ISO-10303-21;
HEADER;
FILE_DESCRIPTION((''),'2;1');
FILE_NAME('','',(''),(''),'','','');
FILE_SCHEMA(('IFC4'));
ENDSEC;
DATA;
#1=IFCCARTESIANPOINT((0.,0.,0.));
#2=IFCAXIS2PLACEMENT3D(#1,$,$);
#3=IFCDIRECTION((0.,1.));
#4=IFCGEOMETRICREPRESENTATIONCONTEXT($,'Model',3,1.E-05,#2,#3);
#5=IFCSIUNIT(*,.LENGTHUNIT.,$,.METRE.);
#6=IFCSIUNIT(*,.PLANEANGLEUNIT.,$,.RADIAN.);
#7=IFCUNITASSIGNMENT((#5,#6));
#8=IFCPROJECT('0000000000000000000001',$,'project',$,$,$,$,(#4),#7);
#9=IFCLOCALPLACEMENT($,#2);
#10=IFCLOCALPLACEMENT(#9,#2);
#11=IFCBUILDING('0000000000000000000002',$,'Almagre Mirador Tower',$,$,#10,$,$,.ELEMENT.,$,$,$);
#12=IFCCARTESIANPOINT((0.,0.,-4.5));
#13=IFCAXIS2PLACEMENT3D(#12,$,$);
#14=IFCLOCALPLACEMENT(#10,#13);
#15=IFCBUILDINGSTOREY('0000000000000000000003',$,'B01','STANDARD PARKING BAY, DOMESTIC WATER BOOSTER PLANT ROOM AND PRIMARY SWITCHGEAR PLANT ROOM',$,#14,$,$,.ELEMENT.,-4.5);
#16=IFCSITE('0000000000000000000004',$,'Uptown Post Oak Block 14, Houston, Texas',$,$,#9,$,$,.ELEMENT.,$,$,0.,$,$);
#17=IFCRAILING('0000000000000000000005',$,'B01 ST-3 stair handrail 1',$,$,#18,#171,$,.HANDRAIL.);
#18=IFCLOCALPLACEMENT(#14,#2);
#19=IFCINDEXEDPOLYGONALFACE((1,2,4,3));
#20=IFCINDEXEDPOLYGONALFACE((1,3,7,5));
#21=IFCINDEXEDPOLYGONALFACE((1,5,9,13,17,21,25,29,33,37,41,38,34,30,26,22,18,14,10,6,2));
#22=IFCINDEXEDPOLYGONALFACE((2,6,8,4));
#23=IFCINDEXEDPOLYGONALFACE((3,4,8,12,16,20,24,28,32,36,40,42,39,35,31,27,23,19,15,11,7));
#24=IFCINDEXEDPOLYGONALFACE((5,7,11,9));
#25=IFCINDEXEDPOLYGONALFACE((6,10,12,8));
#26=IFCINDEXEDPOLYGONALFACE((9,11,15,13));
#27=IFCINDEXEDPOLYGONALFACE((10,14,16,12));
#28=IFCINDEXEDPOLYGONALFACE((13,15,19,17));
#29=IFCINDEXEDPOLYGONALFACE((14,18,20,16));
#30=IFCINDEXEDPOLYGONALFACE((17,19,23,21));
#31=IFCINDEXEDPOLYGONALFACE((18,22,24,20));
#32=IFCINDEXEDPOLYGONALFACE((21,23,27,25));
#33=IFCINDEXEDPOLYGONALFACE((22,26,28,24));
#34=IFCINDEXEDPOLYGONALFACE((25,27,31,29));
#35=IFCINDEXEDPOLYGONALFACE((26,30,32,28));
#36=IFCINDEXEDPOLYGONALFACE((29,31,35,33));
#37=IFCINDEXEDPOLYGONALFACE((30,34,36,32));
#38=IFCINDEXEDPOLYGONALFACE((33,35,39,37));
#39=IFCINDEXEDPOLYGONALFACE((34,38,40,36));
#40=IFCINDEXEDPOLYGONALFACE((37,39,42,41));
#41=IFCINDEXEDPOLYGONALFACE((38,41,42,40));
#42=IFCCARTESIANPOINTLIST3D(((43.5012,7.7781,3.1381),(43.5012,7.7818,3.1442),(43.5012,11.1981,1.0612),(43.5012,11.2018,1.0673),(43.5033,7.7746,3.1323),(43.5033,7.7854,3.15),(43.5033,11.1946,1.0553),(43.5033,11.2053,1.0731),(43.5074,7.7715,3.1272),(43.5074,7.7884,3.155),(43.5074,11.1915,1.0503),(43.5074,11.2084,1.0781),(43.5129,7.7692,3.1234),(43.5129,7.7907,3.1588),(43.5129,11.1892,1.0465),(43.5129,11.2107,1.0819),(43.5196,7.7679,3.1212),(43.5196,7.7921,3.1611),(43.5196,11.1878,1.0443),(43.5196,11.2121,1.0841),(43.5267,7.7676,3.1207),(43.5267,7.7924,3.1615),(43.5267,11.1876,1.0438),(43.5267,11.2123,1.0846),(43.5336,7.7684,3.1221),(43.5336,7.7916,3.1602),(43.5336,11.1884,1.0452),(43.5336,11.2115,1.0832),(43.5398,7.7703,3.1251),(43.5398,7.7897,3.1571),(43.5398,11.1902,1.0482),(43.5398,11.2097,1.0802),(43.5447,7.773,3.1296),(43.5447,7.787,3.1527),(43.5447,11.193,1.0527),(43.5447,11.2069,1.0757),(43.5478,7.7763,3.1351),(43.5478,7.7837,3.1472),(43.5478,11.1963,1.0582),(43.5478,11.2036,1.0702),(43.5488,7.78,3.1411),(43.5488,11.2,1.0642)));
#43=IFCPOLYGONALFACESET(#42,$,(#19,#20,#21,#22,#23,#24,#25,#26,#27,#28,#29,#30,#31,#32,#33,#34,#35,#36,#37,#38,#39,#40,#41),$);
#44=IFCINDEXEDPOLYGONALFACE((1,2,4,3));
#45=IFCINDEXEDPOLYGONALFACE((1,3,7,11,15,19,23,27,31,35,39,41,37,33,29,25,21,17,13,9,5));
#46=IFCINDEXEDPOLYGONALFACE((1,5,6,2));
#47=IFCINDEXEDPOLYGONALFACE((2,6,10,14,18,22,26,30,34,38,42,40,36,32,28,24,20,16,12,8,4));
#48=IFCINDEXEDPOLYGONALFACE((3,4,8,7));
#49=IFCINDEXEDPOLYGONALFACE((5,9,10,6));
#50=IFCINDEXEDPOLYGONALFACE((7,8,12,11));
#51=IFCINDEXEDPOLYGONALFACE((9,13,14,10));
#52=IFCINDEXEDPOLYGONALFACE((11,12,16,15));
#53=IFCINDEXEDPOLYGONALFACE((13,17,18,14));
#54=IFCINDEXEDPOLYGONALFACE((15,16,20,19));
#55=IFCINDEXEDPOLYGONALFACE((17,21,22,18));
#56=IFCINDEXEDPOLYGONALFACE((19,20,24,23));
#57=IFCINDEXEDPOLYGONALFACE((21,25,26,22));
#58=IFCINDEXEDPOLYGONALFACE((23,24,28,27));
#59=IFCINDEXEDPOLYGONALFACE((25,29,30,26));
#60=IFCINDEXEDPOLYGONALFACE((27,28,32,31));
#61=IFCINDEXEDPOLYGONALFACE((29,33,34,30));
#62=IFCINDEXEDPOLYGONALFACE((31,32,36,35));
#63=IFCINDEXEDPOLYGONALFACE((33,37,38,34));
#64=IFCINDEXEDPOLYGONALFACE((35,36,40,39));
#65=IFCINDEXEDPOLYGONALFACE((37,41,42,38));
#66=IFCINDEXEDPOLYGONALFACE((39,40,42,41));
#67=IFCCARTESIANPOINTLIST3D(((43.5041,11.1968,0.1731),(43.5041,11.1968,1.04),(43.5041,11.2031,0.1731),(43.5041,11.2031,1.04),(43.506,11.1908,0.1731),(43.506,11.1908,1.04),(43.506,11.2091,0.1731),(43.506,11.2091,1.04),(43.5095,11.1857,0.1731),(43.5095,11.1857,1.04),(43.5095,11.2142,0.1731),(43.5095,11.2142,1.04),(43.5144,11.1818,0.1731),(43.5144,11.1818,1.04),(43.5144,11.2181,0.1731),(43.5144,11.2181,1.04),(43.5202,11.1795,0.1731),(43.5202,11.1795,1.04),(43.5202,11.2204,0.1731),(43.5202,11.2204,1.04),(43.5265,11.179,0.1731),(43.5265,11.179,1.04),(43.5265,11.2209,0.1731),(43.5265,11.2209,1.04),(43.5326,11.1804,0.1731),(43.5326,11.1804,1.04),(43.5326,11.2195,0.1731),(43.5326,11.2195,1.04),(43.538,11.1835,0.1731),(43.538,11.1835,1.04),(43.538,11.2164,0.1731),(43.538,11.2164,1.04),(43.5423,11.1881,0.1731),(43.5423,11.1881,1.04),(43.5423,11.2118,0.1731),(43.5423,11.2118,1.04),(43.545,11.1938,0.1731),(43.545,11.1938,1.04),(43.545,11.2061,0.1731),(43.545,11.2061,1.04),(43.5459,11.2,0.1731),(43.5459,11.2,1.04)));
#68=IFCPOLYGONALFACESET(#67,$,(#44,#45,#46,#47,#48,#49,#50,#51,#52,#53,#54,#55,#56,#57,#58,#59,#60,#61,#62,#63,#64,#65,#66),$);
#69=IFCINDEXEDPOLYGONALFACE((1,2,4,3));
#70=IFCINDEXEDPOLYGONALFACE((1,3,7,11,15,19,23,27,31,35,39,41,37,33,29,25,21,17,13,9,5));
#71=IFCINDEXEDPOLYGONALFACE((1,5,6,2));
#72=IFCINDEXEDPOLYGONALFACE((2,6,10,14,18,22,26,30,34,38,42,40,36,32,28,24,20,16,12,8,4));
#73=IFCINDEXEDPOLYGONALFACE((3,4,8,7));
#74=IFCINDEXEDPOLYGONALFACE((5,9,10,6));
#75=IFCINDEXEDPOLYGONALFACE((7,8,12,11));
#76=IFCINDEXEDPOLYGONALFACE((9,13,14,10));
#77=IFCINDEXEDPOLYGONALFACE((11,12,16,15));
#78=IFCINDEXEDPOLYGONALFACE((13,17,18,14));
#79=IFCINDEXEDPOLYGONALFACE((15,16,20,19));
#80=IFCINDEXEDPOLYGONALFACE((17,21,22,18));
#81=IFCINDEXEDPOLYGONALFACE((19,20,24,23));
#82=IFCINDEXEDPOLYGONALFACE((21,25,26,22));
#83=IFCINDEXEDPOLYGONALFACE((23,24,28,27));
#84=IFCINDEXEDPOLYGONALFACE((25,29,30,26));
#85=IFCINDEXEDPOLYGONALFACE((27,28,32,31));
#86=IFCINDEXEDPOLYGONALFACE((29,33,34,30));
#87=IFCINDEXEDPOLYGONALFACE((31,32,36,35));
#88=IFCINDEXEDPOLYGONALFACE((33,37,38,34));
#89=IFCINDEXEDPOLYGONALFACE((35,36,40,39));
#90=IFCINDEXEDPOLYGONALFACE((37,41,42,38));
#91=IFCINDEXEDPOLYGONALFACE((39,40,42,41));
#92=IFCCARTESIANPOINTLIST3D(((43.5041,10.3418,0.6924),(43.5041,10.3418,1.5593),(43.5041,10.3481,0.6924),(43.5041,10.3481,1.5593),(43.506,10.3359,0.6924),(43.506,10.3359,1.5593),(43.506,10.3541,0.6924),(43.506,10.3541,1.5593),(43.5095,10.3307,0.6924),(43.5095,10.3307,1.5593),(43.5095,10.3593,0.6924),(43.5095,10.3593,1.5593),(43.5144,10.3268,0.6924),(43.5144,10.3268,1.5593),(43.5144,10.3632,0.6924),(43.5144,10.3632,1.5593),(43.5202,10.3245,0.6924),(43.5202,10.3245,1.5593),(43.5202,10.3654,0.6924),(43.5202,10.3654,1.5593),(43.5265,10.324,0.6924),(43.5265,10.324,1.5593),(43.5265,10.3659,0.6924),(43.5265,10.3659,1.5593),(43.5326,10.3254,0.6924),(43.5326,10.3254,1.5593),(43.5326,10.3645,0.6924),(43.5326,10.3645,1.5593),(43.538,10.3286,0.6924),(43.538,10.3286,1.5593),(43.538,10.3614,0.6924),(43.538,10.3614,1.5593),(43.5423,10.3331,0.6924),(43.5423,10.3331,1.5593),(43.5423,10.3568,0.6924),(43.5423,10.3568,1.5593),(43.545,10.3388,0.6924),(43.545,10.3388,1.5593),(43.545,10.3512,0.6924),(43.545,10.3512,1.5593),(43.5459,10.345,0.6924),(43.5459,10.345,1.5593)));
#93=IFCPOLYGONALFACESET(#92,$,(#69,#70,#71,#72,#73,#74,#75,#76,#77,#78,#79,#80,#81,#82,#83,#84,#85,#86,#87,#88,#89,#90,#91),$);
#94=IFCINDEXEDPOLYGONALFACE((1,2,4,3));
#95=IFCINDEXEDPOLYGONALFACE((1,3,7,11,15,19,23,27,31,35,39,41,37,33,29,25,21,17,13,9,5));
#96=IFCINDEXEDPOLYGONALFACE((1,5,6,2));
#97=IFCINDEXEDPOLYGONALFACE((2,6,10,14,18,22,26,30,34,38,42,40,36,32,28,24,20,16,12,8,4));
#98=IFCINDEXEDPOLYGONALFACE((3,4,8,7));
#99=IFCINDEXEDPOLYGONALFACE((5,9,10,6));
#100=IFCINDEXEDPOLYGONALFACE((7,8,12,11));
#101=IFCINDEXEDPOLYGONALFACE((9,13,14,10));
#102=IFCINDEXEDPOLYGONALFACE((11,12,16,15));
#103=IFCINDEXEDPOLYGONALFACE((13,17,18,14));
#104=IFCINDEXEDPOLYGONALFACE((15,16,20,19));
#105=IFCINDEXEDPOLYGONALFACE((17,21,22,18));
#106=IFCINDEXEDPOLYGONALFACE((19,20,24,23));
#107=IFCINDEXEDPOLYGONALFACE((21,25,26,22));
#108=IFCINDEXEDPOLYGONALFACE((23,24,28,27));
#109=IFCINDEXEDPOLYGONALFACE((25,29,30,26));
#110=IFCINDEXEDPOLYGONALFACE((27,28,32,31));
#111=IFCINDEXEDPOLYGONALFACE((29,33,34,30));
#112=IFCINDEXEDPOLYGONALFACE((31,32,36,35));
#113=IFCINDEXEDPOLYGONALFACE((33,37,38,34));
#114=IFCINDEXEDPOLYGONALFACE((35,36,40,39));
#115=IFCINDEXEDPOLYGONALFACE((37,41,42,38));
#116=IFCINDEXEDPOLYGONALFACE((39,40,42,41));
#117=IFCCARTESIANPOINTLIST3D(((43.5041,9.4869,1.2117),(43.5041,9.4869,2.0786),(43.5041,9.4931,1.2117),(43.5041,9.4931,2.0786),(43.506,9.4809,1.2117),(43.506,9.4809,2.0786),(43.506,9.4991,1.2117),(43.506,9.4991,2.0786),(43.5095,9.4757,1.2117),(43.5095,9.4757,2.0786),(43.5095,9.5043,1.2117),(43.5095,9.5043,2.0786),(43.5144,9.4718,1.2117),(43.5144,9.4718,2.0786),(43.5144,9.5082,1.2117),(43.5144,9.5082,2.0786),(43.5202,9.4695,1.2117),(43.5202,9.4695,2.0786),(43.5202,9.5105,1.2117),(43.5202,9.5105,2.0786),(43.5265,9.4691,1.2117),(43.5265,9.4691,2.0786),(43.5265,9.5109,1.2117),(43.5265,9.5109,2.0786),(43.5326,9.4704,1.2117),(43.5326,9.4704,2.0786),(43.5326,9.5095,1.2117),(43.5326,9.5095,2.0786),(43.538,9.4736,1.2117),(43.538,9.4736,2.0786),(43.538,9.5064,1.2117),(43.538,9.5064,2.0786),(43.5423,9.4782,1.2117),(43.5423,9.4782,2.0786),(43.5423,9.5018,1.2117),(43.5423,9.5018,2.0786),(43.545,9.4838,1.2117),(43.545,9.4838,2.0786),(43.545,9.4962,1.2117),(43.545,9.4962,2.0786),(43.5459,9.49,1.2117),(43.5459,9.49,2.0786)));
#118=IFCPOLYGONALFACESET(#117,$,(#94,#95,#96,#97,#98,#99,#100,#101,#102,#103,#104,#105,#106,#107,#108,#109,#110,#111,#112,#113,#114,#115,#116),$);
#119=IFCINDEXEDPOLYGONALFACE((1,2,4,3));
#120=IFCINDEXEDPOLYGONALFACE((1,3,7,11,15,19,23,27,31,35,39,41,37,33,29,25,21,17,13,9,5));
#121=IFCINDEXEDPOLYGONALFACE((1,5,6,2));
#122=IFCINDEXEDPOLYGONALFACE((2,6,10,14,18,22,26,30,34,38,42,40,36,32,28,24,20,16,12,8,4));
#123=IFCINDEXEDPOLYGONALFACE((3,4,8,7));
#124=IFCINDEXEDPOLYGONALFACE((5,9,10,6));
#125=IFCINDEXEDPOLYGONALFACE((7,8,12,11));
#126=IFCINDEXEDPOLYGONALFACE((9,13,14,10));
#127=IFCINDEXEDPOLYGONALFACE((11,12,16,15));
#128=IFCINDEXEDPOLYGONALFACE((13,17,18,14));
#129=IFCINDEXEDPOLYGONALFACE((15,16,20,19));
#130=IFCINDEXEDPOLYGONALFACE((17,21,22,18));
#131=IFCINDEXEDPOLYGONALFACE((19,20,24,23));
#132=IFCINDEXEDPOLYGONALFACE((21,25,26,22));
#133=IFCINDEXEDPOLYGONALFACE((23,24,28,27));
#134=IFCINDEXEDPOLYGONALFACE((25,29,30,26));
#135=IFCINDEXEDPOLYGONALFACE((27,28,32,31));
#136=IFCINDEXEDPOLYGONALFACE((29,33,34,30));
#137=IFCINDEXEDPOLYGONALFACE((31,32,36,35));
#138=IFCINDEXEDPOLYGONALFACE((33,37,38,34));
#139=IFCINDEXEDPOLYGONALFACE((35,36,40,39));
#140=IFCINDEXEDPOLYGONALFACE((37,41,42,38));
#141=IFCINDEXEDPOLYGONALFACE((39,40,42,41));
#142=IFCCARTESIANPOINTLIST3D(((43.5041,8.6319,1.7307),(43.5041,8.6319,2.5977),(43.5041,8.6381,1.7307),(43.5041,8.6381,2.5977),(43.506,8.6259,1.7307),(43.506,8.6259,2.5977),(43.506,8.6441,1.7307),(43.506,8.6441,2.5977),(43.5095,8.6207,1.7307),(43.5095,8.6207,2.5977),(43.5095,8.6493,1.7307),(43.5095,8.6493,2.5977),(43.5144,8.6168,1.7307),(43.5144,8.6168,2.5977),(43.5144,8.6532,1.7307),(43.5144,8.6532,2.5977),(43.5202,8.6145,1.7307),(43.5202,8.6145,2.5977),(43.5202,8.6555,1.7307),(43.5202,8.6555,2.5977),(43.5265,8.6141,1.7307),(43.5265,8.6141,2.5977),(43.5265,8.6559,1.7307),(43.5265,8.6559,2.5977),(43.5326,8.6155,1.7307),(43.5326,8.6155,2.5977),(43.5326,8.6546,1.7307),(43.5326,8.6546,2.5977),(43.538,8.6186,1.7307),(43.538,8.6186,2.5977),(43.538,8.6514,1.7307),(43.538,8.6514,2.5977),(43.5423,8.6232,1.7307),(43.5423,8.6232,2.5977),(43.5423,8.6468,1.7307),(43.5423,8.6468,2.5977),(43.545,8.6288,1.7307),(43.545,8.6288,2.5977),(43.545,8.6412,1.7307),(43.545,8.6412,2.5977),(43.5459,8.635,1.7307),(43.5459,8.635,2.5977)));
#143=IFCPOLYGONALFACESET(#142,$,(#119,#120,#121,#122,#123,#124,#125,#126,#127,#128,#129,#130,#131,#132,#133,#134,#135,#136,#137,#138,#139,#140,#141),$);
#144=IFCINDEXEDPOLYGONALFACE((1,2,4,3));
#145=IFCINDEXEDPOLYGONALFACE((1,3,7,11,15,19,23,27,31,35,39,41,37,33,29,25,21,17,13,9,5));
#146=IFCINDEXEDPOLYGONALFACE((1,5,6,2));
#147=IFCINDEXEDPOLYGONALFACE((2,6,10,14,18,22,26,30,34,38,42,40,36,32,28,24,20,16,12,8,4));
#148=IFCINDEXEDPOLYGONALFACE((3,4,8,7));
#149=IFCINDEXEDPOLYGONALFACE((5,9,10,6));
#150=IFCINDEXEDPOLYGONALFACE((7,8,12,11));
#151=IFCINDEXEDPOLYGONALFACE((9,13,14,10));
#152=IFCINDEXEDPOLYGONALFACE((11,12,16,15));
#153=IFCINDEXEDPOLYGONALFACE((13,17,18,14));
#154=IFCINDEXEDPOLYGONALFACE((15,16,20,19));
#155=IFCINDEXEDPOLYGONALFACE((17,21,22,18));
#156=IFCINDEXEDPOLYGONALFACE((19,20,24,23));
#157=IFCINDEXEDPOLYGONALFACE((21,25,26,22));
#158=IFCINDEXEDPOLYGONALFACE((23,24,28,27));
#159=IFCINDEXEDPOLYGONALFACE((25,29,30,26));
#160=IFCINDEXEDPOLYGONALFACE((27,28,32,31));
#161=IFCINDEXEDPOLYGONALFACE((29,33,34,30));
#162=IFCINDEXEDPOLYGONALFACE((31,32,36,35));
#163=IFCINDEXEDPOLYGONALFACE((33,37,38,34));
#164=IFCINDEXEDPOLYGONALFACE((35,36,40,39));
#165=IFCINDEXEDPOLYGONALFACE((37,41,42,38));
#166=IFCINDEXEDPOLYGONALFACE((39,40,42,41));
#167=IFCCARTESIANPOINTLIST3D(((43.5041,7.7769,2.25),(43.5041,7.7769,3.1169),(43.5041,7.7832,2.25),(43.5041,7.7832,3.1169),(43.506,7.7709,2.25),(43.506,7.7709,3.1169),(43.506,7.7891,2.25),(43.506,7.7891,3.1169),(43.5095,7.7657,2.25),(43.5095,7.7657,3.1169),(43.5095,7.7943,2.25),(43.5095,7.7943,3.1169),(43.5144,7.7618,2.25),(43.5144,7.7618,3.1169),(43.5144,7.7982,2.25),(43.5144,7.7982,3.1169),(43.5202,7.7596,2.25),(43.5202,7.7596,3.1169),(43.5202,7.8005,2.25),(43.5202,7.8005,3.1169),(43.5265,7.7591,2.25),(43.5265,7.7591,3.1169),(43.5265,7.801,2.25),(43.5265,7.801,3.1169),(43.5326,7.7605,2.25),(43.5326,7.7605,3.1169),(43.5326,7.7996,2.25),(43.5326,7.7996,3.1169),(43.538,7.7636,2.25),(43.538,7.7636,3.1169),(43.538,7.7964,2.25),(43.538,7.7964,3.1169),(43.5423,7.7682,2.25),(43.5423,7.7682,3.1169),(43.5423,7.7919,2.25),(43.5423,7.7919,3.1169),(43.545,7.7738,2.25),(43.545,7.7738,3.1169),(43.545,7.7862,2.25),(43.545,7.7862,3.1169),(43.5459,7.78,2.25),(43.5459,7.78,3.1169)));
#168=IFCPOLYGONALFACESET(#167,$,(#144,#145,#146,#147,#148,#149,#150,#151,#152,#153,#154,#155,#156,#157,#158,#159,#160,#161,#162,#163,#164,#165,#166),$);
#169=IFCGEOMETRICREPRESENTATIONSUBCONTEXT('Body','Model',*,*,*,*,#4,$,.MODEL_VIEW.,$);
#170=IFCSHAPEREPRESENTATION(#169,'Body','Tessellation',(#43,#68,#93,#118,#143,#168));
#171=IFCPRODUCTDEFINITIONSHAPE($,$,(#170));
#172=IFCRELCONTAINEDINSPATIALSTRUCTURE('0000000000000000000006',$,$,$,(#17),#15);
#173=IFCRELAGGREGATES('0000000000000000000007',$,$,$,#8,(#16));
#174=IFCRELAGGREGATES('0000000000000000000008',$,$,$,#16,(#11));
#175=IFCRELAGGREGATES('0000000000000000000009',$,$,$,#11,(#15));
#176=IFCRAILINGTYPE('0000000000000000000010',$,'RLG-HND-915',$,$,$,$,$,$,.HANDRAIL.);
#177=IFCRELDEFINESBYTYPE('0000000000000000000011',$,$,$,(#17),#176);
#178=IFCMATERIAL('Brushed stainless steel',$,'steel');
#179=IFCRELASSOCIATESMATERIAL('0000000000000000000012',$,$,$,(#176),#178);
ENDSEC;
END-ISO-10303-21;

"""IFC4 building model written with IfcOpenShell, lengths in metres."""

from ifc_helpers import new_model, si_unit, direction, frame, origin, origin_2d, place, context, subcontext, project, spatial, circle, extrude, material, type_object, element, save


model = new_model("IFC4")

# Units and contexts
model_context = context("Model", 3, precision=1e-05, world=origin(), true_north=direction((0.0, 1.0)))
body_context = subcontext(model_context, "Body", "Model", "MODEL_VIEW")
ifc_project = project(units=[si_unit("LENGTHUNIT", "METRE"), si_unit("PLANEANGLEUNIT", "RADIAN")], contexts=[model_context])

# Site, building, storey
site_placement = place(None, origin())
site = spatial("IfcSite", under=ifc_project, at=site_placement, Name="Uptown Post Oak Block 14, Houston, Texas", CompositionType="ELEMENT", RefElevation=0.0)
building_placement = place(site_placement, origin())
building = spatial("IfcBuilding", under=site, at=building_placement, Name="Almagre Mirador Tower", CompositionType="ELEMENT")
storey_placement = place(building_placement, frame((0.0, 0.0, -4.5)))
storey = spatial("IfcBuildingStorey", under=building, at=storey_placement, Name="B01", Description="STANDARD PARKING BAY, DOMESTIC WATER BOOSTER PLANT ROOM AND PRIMARY SWITCHGEAR PLANT ROOM", CompositionType="ELEMENT", Elevation=-4.5)

# Railing
ifc_material_1 = material(Name="Brushed stainless steel", Category="steel")
railing_type_1 = type_object("IfcRailingType", Name="RLG-HND-915", PredefinedType="HANDRAIL", material=ifc_material_1)
for number, where, name in (
    (1, (43.5249, 11.2, 0.1731), "B01 ST-3 stair handrail 1"),
):
    element("IfcRailing", number, at=place(storey_placement, frame(where)), inside=storey, type_object=railing_type_1, Name=name, PredefinedType="HANDRAIL", context=body_context, shape_type="SweptSolid", body=[
        extrude(circle(Radius=0.0239, at=origin_2d()), frame((0.0, 0.0, 0.8911), z_axis=(0.0, -0.85473, 0.519074), x_axis=(1.0, 0.0, 0.0)), (0.0, 0.0, 1.0), 4.0012),
        extrude(circle(Radius=0.021, at=origin_2d()), origin(), (0.0, 0.0, 1.0), 0.8669),
        extrude(circle(Radius=0.021, at=origin_2d()), frame((0.0, -0.855, 0.5193)), (0.0, 0.0, 1.0), 0.8669),
        extrude(circle(Radius=0.021, at=origin_2d()), frame((0.0, -1.71, 1.0386)), (0.0, 0.0, 1.0), 0.8669),
        extrude(circle(Radius=0.021, at=origin_2d()), frame((0.0, -2.5649, 1.5576)), (0.0, 0.0, 1.0), 0.8669),
        extrude(circle(Radius=0.021, at=origin_2d()), frame((0.0, -3.4199, 2.0769)), (0.0, 0.0, 1.0), 0.8669),
    ])

save(model, "model.ifc")
